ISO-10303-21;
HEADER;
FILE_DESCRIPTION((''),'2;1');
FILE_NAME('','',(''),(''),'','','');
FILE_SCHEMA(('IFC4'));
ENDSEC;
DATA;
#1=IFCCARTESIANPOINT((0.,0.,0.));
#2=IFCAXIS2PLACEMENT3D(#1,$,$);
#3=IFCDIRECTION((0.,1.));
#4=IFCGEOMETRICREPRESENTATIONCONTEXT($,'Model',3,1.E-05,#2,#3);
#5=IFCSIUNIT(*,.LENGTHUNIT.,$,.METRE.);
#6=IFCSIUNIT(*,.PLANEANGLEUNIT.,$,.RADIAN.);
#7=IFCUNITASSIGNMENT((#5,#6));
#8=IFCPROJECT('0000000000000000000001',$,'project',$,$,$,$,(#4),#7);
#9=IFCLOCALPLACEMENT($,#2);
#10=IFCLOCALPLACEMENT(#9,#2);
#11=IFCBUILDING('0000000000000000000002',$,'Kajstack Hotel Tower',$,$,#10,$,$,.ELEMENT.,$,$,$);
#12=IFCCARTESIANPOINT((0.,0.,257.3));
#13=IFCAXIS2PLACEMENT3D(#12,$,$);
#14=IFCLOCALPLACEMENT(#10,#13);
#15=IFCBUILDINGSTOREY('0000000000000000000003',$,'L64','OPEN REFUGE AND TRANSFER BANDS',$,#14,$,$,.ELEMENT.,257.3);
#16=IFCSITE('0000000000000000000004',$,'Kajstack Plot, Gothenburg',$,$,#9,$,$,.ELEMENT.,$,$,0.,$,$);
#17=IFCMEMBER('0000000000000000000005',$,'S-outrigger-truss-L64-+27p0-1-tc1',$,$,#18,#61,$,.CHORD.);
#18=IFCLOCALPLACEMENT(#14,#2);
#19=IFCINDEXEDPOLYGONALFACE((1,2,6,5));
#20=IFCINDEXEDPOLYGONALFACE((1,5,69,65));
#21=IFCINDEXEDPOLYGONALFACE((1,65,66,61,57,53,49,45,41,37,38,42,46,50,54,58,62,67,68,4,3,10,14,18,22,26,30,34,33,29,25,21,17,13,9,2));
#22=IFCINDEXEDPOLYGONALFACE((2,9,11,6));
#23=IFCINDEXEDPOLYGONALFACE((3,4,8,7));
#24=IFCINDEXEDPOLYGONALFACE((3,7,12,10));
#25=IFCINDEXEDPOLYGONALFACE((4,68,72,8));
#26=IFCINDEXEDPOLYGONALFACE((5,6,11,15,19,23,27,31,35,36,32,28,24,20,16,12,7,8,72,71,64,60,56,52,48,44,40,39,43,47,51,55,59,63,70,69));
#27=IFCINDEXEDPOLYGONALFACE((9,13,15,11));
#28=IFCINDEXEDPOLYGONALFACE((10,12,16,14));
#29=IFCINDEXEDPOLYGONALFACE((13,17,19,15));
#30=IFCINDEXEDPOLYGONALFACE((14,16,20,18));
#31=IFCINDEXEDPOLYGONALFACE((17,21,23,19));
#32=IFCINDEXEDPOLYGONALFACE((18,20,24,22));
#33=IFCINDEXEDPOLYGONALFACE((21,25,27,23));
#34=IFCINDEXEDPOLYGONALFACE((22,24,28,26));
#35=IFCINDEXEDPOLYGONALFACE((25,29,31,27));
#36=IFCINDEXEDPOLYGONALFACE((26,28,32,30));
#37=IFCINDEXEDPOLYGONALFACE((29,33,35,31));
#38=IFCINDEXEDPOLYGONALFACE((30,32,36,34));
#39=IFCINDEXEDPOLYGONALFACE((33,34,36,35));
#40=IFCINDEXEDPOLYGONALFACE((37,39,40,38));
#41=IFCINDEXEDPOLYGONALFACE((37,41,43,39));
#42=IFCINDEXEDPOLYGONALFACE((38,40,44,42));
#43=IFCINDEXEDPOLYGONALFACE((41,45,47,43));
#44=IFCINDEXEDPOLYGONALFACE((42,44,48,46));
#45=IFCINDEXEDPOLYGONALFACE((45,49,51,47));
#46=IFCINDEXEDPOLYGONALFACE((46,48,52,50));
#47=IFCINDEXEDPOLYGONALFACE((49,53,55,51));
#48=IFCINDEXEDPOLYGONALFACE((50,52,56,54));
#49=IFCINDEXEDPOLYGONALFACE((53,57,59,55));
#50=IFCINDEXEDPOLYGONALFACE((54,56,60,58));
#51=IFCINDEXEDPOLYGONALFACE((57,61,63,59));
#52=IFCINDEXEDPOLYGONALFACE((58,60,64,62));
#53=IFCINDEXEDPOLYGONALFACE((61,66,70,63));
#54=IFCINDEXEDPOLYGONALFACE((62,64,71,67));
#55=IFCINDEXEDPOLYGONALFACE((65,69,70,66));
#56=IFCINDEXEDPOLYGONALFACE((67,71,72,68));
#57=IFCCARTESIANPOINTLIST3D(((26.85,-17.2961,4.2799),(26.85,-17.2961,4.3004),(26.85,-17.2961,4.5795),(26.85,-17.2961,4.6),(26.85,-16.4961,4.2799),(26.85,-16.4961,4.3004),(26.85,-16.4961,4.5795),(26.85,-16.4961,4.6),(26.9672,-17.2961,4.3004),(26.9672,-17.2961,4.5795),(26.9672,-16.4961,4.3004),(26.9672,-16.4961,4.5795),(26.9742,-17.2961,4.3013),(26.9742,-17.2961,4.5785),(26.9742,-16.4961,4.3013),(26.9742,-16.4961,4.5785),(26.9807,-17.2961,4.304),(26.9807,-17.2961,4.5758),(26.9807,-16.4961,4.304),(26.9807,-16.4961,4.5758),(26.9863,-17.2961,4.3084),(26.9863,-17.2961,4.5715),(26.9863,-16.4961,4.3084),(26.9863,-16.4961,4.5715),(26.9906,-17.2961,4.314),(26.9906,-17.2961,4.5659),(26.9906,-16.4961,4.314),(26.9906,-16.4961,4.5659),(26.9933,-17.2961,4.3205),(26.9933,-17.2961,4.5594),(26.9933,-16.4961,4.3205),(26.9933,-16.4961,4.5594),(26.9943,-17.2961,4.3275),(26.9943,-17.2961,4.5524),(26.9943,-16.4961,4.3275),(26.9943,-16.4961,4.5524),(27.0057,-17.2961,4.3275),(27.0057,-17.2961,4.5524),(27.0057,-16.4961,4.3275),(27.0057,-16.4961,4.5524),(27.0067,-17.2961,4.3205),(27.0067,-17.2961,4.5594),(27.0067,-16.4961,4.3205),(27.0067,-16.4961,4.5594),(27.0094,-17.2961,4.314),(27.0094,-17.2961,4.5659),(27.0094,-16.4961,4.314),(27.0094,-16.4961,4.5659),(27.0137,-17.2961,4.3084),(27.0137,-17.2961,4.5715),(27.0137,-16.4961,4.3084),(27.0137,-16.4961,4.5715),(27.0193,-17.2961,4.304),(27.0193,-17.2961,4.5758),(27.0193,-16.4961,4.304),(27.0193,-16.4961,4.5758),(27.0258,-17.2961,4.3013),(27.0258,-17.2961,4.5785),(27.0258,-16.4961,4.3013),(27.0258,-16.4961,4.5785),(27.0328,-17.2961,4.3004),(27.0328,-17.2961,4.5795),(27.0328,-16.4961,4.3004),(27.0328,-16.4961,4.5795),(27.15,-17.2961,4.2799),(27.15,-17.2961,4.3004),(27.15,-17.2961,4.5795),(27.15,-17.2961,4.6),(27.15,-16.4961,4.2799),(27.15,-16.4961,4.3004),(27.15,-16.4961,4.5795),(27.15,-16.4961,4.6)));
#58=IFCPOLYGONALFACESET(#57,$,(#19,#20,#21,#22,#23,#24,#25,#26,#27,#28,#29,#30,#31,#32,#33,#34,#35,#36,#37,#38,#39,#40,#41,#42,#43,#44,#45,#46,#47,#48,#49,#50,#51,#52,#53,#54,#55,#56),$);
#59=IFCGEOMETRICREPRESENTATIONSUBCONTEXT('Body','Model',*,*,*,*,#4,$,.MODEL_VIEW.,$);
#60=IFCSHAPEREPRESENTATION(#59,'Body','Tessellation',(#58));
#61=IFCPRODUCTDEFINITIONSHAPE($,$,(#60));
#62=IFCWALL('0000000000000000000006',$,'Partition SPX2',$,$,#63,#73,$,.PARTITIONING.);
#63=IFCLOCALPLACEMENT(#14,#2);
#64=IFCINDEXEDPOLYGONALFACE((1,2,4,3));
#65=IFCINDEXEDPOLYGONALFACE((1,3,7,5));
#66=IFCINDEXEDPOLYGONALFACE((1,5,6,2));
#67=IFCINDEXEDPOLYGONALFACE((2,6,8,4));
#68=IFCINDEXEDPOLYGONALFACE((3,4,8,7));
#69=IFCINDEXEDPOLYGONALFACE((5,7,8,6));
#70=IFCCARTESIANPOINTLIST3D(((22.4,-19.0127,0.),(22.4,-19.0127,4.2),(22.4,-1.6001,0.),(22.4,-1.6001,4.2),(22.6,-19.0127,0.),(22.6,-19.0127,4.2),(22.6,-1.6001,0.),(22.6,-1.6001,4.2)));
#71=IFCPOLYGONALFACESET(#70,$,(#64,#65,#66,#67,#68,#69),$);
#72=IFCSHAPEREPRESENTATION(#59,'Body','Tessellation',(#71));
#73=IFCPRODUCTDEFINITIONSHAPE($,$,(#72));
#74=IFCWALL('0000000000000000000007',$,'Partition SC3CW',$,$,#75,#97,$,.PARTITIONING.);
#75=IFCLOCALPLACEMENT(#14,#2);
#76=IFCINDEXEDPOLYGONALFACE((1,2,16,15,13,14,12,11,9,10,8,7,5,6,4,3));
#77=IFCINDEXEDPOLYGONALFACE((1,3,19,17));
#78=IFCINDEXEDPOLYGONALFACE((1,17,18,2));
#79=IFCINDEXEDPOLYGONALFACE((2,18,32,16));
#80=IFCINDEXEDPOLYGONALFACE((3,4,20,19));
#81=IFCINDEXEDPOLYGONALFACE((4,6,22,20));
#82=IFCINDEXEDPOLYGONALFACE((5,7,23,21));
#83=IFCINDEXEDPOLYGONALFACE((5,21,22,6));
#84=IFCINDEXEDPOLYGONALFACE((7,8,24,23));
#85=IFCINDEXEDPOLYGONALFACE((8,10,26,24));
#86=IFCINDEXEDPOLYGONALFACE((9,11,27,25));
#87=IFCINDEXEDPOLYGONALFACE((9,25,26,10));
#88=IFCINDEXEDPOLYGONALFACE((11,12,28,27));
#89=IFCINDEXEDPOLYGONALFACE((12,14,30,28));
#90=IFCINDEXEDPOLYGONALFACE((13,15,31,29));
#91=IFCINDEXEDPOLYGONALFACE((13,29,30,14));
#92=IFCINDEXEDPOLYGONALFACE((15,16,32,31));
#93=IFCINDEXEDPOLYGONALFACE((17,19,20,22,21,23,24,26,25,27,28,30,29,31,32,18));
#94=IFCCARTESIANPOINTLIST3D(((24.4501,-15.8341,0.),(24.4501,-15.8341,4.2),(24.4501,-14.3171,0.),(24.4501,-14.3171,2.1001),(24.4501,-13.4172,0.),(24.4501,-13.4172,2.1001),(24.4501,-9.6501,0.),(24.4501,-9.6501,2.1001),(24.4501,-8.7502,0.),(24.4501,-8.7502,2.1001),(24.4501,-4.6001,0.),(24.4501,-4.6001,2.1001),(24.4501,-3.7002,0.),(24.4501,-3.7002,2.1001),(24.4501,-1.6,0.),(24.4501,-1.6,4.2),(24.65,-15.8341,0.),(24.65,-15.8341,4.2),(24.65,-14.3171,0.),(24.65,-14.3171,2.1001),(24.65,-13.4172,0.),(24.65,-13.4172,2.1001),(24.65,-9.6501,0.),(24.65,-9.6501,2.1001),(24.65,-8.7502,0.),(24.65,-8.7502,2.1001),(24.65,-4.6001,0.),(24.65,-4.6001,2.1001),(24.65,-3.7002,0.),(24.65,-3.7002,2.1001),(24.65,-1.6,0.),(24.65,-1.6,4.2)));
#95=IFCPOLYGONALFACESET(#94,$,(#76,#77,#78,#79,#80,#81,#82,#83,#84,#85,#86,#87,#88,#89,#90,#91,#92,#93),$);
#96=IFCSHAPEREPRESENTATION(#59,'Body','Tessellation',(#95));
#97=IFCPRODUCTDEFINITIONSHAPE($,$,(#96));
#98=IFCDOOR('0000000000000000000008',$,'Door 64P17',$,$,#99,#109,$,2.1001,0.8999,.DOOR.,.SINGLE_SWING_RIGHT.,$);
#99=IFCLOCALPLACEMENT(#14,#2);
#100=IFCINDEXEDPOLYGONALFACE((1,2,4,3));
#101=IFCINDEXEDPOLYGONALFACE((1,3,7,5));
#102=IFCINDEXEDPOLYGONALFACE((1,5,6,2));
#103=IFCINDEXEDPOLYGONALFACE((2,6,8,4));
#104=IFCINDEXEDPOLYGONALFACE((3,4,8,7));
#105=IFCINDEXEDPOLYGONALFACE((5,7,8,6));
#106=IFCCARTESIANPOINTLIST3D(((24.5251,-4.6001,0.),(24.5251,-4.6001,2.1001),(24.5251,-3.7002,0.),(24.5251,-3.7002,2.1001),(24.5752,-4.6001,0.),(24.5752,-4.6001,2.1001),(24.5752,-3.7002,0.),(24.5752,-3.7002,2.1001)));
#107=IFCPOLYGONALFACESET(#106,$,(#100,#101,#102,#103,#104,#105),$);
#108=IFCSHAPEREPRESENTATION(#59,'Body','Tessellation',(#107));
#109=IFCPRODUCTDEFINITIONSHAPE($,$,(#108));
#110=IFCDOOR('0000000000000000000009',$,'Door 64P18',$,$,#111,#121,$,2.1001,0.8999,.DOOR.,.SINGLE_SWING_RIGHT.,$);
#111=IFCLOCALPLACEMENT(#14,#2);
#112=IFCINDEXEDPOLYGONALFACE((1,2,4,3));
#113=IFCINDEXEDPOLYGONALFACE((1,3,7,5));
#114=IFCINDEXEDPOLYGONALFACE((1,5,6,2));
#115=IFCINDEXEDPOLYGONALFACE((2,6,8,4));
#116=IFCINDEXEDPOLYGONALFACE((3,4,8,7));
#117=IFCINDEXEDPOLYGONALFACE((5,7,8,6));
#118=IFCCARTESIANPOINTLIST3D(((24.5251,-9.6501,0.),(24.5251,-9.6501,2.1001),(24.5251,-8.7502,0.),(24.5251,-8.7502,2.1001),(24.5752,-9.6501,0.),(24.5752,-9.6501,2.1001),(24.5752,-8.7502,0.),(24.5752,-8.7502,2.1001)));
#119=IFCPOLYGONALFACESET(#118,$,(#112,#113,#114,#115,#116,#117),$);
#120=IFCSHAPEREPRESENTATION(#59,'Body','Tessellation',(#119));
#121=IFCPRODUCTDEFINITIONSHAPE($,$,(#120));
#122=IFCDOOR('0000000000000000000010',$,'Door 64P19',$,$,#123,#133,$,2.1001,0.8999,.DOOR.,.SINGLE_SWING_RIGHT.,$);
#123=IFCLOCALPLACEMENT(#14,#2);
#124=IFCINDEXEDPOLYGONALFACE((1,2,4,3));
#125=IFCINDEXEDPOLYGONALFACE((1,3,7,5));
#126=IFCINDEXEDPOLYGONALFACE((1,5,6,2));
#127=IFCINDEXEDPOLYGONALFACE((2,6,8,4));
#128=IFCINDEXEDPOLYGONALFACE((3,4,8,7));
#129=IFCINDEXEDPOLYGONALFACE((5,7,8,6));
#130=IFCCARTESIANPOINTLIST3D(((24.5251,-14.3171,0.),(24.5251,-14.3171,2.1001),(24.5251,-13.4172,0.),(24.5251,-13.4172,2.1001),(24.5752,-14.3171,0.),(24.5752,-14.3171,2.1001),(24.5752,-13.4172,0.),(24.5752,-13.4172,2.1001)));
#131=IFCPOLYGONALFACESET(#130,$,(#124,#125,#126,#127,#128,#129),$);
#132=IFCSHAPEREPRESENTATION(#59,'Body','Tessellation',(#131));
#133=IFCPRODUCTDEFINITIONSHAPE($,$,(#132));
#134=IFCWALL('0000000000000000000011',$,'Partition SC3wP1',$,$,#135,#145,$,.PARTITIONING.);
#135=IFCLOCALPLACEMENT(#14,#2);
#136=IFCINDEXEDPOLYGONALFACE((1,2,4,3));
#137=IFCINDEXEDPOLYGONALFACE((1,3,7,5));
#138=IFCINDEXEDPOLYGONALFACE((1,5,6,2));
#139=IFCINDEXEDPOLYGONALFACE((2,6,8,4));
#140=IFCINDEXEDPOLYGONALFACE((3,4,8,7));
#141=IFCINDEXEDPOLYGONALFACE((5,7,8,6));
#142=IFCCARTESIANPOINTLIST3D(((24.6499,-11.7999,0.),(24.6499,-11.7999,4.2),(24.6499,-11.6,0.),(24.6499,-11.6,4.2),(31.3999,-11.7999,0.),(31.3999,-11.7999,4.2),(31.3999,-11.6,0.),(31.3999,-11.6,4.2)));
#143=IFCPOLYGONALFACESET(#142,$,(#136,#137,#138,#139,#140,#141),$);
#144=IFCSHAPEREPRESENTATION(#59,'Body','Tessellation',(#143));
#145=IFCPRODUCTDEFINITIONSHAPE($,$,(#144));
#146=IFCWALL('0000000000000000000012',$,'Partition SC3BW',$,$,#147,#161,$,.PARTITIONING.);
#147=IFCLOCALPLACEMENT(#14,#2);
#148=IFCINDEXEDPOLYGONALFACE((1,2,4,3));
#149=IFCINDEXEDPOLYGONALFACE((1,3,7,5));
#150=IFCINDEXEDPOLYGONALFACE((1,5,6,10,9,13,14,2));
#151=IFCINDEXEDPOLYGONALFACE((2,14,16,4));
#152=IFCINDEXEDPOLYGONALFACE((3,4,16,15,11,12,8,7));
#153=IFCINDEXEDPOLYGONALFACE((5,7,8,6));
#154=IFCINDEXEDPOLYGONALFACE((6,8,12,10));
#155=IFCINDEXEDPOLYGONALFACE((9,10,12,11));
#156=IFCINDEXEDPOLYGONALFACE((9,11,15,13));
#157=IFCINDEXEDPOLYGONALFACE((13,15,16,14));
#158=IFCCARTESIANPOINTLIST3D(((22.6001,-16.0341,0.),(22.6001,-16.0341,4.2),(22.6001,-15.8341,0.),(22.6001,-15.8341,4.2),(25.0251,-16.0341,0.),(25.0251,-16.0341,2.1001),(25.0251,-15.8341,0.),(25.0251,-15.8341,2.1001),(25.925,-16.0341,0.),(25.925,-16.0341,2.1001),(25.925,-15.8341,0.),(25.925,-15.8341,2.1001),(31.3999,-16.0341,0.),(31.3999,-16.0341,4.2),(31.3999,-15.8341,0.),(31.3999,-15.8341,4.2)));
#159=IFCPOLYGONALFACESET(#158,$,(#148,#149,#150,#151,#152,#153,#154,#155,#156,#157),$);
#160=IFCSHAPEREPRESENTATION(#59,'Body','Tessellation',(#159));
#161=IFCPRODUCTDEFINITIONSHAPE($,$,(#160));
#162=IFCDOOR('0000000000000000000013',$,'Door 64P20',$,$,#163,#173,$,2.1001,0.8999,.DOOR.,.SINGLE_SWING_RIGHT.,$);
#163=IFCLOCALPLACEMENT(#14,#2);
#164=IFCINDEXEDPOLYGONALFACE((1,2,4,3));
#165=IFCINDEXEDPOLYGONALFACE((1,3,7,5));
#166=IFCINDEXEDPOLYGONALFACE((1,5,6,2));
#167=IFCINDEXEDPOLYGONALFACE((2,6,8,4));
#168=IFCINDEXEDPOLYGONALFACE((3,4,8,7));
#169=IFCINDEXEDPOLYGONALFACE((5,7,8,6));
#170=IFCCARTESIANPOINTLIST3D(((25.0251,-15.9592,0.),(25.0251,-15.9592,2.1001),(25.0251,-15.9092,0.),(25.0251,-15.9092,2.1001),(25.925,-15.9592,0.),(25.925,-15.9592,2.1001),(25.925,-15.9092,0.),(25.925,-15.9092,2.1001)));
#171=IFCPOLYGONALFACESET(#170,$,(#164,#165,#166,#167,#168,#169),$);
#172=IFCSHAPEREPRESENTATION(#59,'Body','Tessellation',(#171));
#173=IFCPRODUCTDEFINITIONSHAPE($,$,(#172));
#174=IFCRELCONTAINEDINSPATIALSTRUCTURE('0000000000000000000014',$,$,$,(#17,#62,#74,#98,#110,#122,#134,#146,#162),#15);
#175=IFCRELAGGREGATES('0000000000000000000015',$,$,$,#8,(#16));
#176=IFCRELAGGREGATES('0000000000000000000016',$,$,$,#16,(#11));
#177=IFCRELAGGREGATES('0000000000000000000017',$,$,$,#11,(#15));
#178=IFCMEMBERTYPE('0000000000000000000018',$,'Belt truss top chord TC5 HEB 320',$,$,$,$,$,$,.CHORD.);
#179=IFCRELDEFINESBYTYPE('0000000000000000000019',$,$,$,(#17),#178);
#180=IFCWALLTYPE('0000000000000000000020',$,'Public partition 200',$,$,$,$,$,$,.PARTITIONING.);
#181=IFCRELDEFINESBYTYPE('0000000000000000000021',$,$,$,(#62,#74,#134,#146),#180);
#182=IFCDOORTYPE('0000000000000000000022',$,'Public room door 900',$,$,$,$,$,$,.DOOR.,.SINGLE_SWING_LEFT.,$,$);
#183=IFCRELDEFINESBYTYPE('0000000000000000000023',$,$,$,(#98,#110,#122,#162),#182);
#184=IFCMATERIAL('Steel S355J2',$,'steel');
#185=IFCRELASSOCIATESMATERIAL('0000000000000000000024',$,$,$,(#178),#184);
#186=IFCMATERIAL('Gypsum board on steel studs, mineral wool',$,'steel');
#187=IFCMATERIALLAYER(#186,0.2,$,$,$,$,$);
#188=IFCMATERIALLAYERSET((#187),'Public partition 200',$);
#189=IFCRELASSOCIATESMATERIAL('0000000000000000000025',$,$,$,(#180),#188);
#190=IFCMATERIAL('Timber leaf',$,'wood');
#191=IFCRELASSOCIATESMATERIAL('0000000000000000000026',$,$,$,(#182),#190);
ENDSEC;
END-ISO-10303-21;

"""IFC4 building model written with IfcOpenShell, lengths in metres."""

from ifc_helpers import new_model, si_unit, direction, frame, frame_2d, origin, origin_2d, place, context, subcontext, project, spatial, rectangle, i_section, extrude, material, layer, layer_set, material_profile, profile_set, type_object, element, fill, save


model = new_model("IFC4")

# Units and contexts
model_context = context("Model", 3, precision=1e-05, world=origin(), true_north=direction((0.0, 1.0)))
body_context = subcontext(model_context, "Body", "Model", "MODEL_VIEW")
ifc_project = project(units=[si_unit("LENGTHUNIT", "METRE"), si_unit("PLANEANGLEUNIT", "RADIAN")], contexts=[model_context])

# Site, building, storey
site_placement = place(None, origin())
site = spatial("IfcSite", under=ifc_project, at=site_placement, Name="Kajstack Plot, Gothenburg", CompositionType="ELEMENT", RefElevation=0.0)
building_placement = place(site_placement, origin())
building = spatial("IfcBuilding", under=site, at=building_placement, Name="Kajstack Hotel Tower", CompositionType="ELEMENT")
storey_placement = place(building_placement, frame((0.0, 0.0, 257.3)))
storey = spatial("IfcBuildingStorey", under=building, at=storey_placement, Name="L64", Description="OPEN REFUGE AND TRANSFER BANDS", CompositionType="ELEMENT", Elevation=257.3)

# Member
ifc_material_1 = material(Name="Steel S355J2", Category="steel")
ifc_material_profile_1 = material_profile(ifc_material_1, i_section(OverallWidth=0.3, OverallDepth=0.3201, WebThickness=0.0115, FlangeThickness=0.0205, FilletRadius=0.0271, at=origin_2d()), Name="HEB 320")
ifc_profile_set_1 = profile_set([ifc_material_profile_1], Name="Steel S355J2")
member_type_1 = type_object("IfcMemberType", Name="Belt truss top chord TC5 HEB 320", PredefinedType="CHORD", material=ifc_profile_set_1)
member_1_placement = place(storey_placement, frame((27.0, -17.2961, 4.4399), z_axis=(0.0, 1.0, 0.0), x_axis=(-1.0, 0.0, 0.0)))
element("IfcMember", 1, at=member_1_placement, inside=storey, type_object=member_type_1, Name="S-outrigger-truss-L64-+27p0-1-tc1", PredefinedType="CHORD", context=body_context, shape_type="SweptSolid", body=[
    extrude(i_section(OverallWidth=0.3, OverallDepth=0.3201, WebThickness=0.0115, FlangeThickness=0.0205, FilletRadius=0.0271, at=origin_2d()), origin(), (0.0, 0.0, 1.0), 0.8),
])

# Wall
ifc_material_2 = material(Name="Gypsum board on steel studs, mineral wool", Category="steel")
ifc_layer_1 = layer(ifc_material_2, 0.2)
ifc_layer_set_1 = layer_set([ifc_layer_1], Name="Public partition 200")
wall_type = type_object("IfcWallType", Name="Public partition 200", PredefinedType="PARTITIONING", material=ifc_layer_set_1)
wall_1_placement = place(storey_placement, frame((22.5, -19.0127, 0.0), z_axis=(0.0, 0.0, 1.0), x_axis=(0.0, 1.0, 0.0)))
element("IfcWall", 2, at=wall_1_placement, inside=storey, type_object=wall_type, Name="Partition SPX2", PredefinedType="PARTITIONING", context=body_context, shape_type="SweptSolid", body=[
    extrude(rectangle(XDim=17.4126, YDim=0.2, at=frame_2d((8.7063, 0.0))), origin(), (0.0, 0.0, 1.0), 4.2),
])

# Wall, openings, doors
wall_2_placement = place(storey_placement, frame((24.55, -15.8342, 0.0), z_axis=(0.0, 0.0, 1.0), x_axis=(0.0, 1.0, 0.0)))
wall_2 = element("IfcWall", 3, at=wall_2_placement, inside=storey, type_object=wall_type, Name="Partition SC3CW", PredefinedType="PARTITIONING", context=body_context, shape_type="SweptSolid", body=[
    extrude(rectangle(XDim=14.2341, YDim=0.2, at=frame_2d((7.1172, 0.0))), origin(), (0.0, 0.0, 1.0), 4.2),
])
opening_1_placement = place(wall_2_placement, frame((11.2341, 0.0, 0.0)))
opening_1 = element("IfcOpeningElement", 4, at=opening_1_placement, cuts=wall_2, PredefinedType="OPENING", context=body_context, shape_type="SweptSolid", body=[
    extrude(rectangle(XDim=0.8999, YDim=2.1001, at=frame_2d((0.45, 1.05))), frame((0.0, 0.1099, 0.0), z_axis=(0.0, -1.0, 0.0), x_axis=(1.0, 0.0, 0.0)), (0.0, 0.0, 1.0), 0.22),
])
opening_2_placement = place(wall_2_placement, frame((6.1841, 0.0, 0.0)))
opening_2 = element("IfcOpeningElement", 5, at=opening_2_placement, cuts=wall_2, PredefinedType="OPENING", context=body_context, shape_type="SweptSolid", body=[
    extrude(rectangle(XDim=0.8999, YDim=2.1001, at=frame_2d((0.45, 1.05))), frame((0.0, 0.1099, 0.0), z_axis=(0.0, -1.0, 0.0), x_axis=(1.0, 0.0, 0.0)), (0.0, 0.0, 1.0), 0.22),
])
opening_3_placement = place(wall_2_placement, frame((1.5171, 0.0, 0.0)))
opening_3 = element("IfcOpeningElement", 6, at=opening_3_placement, cuts=wall_2, PredefinedType="OPENING", context=body_context, shape_type="SweptSolid", body=[
    extrude(rectangle(XDim=0.8999, YDim=2.1001, at=frame_2d((0.45, 1.05))), frame((0.0, 0.1099, 0.0), z_axis=(0.0, -1.0, 0.0), x_axis=(1.0, 0.0, 0.0)), (0.0, 0.0, 1.0), 0.22),
])
ifc_material_3 = material(Name="Timber leaf", Category="wood")
door_type = type_object("IfcDoorType", Name="Public room door 900", OperationType="SINGLE_SWING_LEFT", PredefinedType="DOOR", material=ifc_material_3)
door_1_placement = place(opening_1_placement, origin())
door_1 = element("IfcDoor", 7, at=door_1_placement, inside=storey, type_object=door_type, Name="Door 64P17", OperationType="SINGLE_SWING_RIGHT", OverallHeight=2.1001, OverallWidth=0.8999, PredefinedType="DOOR", context=body_context, shape_type="SweptSolid", body=[
    extrude(rectangle(XDim=0.8999, YDim=2.1001, at=frame_2d((0.45, 1.05))), frame((0.0, 0.0249, 0.0), z_axis=(0.0, -1.0, 0.0), x_axis=(1.0, 0.0, 0.0)), (0.0, 0.0, 1.0), 0.05),
])
fill(opening_1, door_1)
door_2_placement = place(opening_2_placement, origin())
door_2 = element("IfcDoor", 8, at=door_2_placement, inside=storey, type_object=door_type, Name="Door 64P18", OperationType="SINGLE_SWING_RIGHT", OverallHeight=2.1001, OverallWidth=0.8999, PredefinedType="DOOR", context=body_context, shape_type="SweptSolid", body=[
    extrude(rectangle(XDim=0.8999, YDim=2.1001, at=frame_2d((0.45, 1.05))), frame((0.0, 0.0249, 0.0), z_axis=(0.0, -1.0, 0.0), x_axis=(1.0, 0.0, 0.0)), (0.0, 0.0, 1.0), 0.05),
])
fill(opening_2, door_2)
door_3_placement = place(opening_3_placement, origin())
door_3 = element("IfcDoor", 9, at=door_3_placement, inside=storey, type_object=door_type, Name="Door 64P19", OperationType="SINGLE_SWING_RIGHT", OverallHeight=2.1001, OverallWidth=0.8999, PredefinedType="DOOR", context=body_context, shape_type="SweptSolid", body=[
    extrude(rectangle(XDim=0.8999, YDim=2.1001, at=frame_2d((0.45, 1.05))), frame((0.0, 0.0249, 0.0), z_axis=(0.0, -1.0, 0.0), x_axis=(1.0, 0.0, 0.0)), (0.0, 0.0, 1.0), 0.05),
])
fill(opening_3, door_3)

# Wall
wall_3_placement = place(storey_placement, frame((24.6499, -11.7, 0.0), z_axis=(0.0, 0.0, 1.0), x_axis=(1.0, 0.0, 0.0)))
element("IfcWall", 10, at=wall_3_placement, inside=storey, type_object=wall_type, Name="Partition SC3wP1", PredefinedType="PARTITIONING", context=body_context, shape_type="SweptSolid", body=[
    extrude(rectangle(XDim=6.75, YDim=0.2, at=frame_2d((3.375, 0.0))), origin(), (0.0, 0.0, 1.0), 4.2),
])

# Wall, opening, door
wall_4_placement = place(storey_placement, frame((22.6001, -15.9341, 0.0), z_axis=(0.0, 0.0, 1.0), x_axis=(1.0, 0.0, 0.0)))
wall_4 = element("IfcWall", 11, at=wall_4_placement, inside=storey, type_object=wall_type, Name="Partition SC3BW", PredefinedType="PARTITIONING", context=body_context, shape_type="SweptSolid", body=[
    extrude(rectangle(XDim=8.7998, YDim=0.2, at=frame_2d((4.3999, 0.0))), origin(), (0.0, 0.0, 1.0), 4.2),
])
opening_4_placement = place(wall_4_placement, frame((2.425, 0.0, 0.0)))
opening_4 = element("IfcOpeningElement", 12, at=opening_4_placement, cuts=wall_4, PredefinedType="OPENING", context=body_context, shape_type="SweptSolid", body=[
    extrude(rectangle(XDim=0.8999, YDim=2.1001, at=frame_2d((0.45, 1.05))), frame((0.0, 0.1099, 0.0), z_axis=(0.0, -1.0, 0.0), x_axis=(1.0, 0.0, 0.0)), (0.0, 0.0, 1.0), 0.22),
])
door_4_placement = place(opening_4_placement, origin())
door_4 = element("IfcDoor", 13, at=door_4_placement, inside=storey, type_object=door_type, Name="Door 64P20", OperationType="SINGLE_SWING_RIGHT", OverallHeight=2.1001, OverallWidth=0.8999, PredefinedType="DOOR", context=body_context, shape_type="SweptSolid", body=[
    extrude(rectangle(XDim=0.8999, YDim=2.1001, at=frame_2d((0.45, 1.05))), frame((0.0, 0.0249, 0.0), z_axis=(0.0, -1.0, 0.0), x_axis=(1.0, 0.0, 0.0)), (0.0, 0.0, 1.0), 0.05),
])
fill(opening_4, door_4)

save(model, "model.ifc")
